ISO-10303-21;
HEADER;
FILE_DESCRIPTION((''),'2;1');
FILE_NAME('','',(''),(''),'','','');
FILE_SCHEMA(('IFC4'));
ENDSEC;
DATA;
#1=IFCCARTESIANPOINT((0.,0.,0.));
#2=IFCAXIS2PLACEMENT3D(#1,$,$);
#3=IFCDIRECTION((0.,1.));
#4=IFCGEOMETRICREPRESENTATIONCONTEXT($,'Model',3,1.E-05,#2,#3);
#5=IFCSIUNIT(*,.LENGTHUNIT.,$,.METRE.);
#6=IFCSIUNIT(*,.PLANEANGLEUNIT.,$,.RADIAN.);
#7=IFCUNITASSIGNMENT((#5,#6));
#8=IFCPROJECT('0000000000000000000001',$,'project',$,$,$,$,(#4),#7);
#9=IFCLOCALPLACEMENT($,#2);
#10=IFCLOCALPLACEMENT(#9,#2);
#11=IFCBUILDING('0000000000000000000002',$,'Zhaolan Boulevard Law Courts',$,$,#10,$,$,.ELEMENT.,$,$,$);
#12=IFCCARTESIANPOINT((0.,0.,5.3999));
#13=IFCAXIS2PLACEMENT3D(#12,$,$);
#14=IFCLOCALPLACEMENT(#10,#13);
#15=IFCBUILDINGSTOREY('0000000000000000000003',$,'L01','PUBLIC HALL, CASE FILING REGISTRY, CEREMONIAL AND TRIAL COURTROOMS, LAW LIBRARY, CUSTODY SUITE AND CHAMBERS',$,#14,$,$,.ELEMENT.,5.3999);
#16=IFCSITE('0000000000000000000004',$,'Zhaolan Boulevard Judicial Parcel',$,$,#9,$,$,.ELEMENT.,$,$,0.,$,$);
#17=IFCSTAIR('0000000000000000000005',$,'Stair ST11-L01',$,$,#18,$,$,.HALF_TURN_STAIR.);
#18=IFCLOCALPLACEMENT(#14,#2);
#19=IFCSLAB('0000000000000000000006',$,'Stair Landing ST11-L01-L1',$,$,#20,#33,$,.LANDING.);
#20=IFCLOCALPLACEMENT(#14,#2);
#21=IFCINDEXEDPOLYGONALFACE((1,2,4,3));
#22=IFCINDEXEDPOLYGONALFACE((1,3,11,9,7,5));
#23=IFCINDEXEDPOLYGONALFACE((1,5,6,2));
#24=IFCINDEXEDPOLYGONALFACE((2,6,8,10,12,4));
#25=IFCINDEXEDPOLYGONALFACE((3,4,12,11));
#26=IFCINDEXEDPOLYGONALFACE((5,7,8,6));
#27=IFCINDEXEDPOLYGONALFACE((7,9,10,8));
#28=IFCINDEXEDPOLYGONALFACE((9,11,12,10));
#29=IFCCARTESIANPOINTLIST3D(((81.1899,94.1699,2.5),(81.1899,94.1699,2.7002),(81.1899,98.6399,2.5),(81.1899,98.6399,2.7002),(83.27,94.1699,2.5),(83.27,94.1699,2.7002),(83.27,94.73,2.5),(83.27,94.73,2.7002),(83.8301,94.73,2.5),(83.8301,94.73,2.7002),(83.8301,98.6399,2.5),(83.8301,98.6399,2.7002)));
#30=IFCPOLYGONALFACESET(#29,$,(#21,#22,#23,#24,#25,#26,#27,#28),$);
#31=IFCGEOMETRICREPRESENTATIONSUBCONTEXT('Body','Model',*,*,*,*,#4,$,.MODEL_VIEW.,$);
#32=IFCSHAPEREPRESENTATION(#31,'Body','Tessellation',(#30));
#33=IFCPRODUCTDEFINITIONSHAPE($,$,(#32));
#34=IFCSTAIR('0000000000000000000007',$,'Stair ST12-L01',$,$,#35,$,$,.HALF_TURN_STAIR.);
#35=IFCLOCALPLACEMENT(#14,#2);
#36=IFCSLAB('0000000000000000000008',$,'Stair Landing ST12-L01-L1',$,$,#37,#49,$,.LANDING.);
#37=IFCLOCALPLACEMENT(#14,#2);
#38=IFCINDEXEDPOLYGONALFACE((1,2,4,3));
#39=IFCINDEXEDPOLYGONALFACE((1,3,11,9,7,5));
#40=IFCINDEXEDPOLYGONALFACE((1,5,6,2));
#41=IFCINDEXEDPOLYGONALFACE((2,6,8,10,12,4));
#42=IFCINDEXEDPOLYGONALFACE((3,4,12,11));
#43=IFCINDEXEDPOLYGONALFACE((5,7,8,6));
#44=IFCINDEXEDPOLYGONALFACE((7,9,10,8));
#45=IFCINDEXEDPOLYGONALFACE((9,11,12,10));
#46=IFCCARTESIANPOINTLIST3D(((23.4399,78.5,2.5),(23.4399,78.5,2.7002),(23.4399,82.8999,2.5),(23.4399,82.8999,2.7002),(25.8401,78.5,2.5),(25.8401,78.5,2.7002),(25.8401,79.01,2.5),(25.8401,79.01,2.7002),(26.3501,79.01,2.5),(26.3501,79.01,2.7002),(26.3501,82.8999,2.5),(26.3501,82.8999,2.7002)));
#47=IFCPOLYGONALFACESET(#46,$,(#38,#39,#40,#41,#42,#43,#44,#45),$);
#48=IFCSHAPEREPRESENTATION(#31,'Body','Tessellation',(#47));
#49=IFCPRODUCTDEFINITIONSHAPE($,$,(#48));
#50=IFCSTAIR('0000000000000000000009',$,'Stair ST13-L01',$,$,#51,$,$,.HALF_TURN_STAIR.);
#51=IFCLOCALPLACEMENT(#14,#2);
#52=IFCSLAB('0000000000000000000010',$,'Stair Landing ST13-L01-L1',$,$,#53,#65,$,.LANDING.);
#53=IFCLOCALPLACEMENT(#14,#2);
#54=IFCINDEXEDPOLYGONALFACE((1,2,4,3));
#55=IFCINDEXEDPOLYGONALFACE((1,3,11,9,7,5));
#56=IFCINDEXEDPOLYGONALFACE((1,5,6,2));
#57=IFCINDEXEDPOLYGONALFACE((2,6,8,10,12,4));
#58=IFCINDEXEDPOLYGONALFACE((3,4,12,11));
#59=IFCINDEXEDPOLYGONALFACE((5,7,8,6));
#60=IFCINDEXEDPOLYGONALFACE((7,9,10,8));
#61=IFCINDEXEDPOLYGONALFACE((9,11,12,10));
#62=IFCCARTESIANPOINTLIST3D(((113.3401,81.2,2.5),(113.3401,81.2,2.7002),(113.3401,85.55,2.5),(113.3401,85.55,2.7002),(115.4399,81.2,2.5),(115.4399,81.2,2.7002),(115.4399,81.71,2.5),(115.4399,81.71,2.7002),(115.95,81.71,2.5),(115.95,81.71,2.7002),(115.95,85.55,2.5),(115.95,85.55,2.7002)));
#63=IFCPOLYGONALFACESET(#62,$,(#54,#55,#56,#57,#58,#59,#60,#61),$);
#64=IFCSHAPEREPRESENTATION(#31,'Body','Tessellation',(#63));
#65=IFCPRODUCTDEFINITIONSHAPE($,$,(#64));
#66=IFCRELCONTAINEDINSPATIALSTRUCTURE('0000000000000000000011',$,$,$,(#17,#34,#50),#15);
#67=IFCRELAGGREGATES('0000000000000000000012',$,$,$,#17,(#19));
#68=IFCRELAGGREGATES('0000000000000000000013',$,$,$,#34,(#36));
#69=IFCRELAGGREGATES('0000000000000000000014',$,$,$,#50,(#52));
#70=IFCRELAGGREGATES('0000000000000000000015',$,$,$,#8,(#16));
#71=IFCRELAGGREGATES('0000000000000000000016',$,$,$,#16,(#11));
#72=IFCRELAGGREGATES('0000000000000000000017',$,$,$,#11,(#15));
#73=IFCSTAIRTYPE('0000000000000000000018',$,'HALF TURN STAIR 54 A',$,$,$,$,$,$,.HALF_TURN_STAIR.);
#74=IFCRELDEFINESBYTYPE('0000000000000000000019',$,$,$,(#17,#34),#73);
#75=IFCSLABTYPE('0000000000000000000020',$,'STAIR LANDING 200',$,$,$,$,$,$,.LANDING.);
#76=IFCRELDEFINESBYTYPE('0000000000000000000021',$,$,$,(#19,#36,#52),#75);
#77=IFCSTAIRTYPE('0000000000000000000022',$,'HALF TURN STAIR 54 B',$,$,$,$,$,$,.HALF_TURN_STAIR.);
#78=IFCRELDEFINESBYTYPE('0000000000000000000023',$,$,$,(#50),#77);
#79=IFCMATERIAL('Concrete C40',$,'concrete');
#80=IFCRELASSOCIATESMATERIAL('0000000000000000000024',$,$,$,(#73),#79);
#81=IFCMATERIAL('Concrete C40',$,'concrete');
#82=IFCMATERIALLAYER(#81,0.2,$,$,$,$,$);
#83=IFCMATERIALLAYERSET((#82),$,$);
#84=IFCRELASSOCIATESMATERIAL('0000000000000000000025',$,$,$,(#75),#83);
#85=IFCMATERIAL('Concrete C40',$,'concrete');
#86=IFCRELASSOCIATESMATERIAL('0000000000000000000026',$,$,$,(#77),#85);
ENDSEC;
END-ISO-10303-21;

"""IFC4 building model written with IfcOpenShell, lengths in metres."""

from ifc_helpers import new_model, si_unit, direction, frame, origin, place, context, subcontext, project, spatial, polyline, outline, extrude, material, layer, layer_set, type_object, element, aggregate, save


model = new_model("IFC4")

# Units and contexts
model_context = context("Model", 3, precision=1e-05, world=origin(), true_north=direction((0.0, 1.0)))
body_context = subcontext(model_context, "Body", "Model", "MODEL_VIEW")
ifc_project = project(units=[si_unit("LENGTHUNIT", "METRE"), si_unit("PLANEANGLEUNIT", "RADIAN")], contexts=[model_context])

# Site, building, storey
site_placement = place(None, origin())
site = spatial("IfcSite", under=ifc_project, at=site_placement, Name="Zhaolan Boulevard Judicial Parcel", CompositionType="ELEMENT", RefElevation=0.0)
building_placement = place(site_placement, origin())
building = spatial("IfcBuilding", under=site, at=building_placement, Name="Zhaolan Boulevard Law Courts", CompositionType="ELEMENT")
storey_placement = place(building_placement, frame((0.0, 0.0, 5.3999)))
storey = spatial("IfcBuildingStorey", under=building, at=storey_placement, Name="L01", Description="PUBLIC HALL, CASE FILING REGISTRY, CEREMONIAL AND TRIAL COURTROOMS, LAW LIBRARY, CUSTODY SUITE AND CHAMBERS", CompositionType="ELEMENT", Elevation=5.3999)

# Stairs, slabs
ifc_material_1 = material(Name="Concrete C40", Category="concrete")
stair_type_1 = type_object("IfcStairType", Name="HALF TURN STAIR 54 A", PredefinedType="HALF_TURN_STAIR", material=ifc_material_1)
ifc_material_2 = material(Name="Concrete C40", Category="concrete")
ifc_layer_1 = layer(ifc_material_2, 0.2)
ifc_layer_set_1 = layer_set([ifc_layer_1])
slab_type_1 = type_object("IfcSlabType", Name="STAIR LANDING 200", PredefinedType="LANDING", material=ifc_layer_set_1)
ifc_material_3 = material(Name="Concrete C40", Category="concrete")
stair_type_2 = type_object("IfcStairType", Name="HALF TURN STAIR 54 B", PredefinedType="HALF_TURN_STAIR", material=ifc_material_3)
stair_1_placement = place(storey_placement, origin())
stair_1 = element("IfcStair", 1, at=stair_1_placement, inside=storey, type_object=stair_type_1, Name="Stair ST11-L01", PredefinedType="HALF_TURN_STAIR")
slab_1_placement = place(storey_placement, frame((0.0, 0.0, 2.5)))
slab_1 = element("IfcSlab", 2, at=slab_1_placement, type_object=slab_type_1, Name="Stair Landing ST11-L01-L1", PredefinedType="LANDING", context=body_context, shape_type="SweptSolid", body=[
    extrude(outline(polyline([(81.1899, 94.1699), (83.27, 94.1699), (83.27, 94.73), (83.8301, 94.73), (83.8301, 98.6399), (81.1899, 98.6399), (81.1899, 94.1699)])), origin(), (0.0, 0.0, 1.0), 0.2002),
])
aggregate(stair_1, [slab_1])
stair_2_placement = place(storey_placement, origin())
stair_2 = element("IfcStair", 3, at=stair_2_placement, inside=storey, type_object=stair_type_1, Name="Stair ST12-L01", PredefinedType="HALF_TURN_STAIR")
slab_2_placement = place(storey_placement, frame((0.0, 0.0, 2.5)))
slab_2 = element("IfcSlab", 4, at=slab_2_placement, type_object=slab_type_1, Name="Stair Landing ST12-L01-L1", PredefinedType="LANDING", context=body_context, shape_type="SweptSolid", body=[
    extrude(outline(polyline([(23.4399, 78.5), (25.8401, 78.5), (25.8401, 79.01), (26.3501, 79.01), (26.3501, 82.8999), (23.4399, 82.8999), (23.4399, 78.5)])), origin(), (0.0, 0.0, 1.0), 0.2002),
])
aggregate(stair_2, [slab_2])
stair_3_placement = place(storey_placement, origin())
stair_3 = element("IfcStair", 5, at=stair_3_placement, inside=storey, type_object=stair_type_2, Name="Stair ST13-L01", PredefinedType="HALF_TURN_STAIR")
slab_3_placement = place(storey_placement, frame((0.0, 0.0, 2.5)))
slab_3 = element("IfcSlab", 6, at=slab_3_placement, type_object=slab_type_1, Name="Stair Landing ST13-L01-L1", PredefinedType="LANDING", context=body_context, shape_type="SweptSolid", body=[
    extrude(outline(polyline([(113.3401, 81.2), (115.4399, 81.2), (115.4399, 81.71), (115.95, 81.71), (115.95, 85.55), (113.3401, 85.55), (113.3401, 81.2)])), origin(), (0.0, 0.0, 1.0), 0.2002),
])
aggregate(stair_3, [slab_3])

save(model, "model.ifc")
